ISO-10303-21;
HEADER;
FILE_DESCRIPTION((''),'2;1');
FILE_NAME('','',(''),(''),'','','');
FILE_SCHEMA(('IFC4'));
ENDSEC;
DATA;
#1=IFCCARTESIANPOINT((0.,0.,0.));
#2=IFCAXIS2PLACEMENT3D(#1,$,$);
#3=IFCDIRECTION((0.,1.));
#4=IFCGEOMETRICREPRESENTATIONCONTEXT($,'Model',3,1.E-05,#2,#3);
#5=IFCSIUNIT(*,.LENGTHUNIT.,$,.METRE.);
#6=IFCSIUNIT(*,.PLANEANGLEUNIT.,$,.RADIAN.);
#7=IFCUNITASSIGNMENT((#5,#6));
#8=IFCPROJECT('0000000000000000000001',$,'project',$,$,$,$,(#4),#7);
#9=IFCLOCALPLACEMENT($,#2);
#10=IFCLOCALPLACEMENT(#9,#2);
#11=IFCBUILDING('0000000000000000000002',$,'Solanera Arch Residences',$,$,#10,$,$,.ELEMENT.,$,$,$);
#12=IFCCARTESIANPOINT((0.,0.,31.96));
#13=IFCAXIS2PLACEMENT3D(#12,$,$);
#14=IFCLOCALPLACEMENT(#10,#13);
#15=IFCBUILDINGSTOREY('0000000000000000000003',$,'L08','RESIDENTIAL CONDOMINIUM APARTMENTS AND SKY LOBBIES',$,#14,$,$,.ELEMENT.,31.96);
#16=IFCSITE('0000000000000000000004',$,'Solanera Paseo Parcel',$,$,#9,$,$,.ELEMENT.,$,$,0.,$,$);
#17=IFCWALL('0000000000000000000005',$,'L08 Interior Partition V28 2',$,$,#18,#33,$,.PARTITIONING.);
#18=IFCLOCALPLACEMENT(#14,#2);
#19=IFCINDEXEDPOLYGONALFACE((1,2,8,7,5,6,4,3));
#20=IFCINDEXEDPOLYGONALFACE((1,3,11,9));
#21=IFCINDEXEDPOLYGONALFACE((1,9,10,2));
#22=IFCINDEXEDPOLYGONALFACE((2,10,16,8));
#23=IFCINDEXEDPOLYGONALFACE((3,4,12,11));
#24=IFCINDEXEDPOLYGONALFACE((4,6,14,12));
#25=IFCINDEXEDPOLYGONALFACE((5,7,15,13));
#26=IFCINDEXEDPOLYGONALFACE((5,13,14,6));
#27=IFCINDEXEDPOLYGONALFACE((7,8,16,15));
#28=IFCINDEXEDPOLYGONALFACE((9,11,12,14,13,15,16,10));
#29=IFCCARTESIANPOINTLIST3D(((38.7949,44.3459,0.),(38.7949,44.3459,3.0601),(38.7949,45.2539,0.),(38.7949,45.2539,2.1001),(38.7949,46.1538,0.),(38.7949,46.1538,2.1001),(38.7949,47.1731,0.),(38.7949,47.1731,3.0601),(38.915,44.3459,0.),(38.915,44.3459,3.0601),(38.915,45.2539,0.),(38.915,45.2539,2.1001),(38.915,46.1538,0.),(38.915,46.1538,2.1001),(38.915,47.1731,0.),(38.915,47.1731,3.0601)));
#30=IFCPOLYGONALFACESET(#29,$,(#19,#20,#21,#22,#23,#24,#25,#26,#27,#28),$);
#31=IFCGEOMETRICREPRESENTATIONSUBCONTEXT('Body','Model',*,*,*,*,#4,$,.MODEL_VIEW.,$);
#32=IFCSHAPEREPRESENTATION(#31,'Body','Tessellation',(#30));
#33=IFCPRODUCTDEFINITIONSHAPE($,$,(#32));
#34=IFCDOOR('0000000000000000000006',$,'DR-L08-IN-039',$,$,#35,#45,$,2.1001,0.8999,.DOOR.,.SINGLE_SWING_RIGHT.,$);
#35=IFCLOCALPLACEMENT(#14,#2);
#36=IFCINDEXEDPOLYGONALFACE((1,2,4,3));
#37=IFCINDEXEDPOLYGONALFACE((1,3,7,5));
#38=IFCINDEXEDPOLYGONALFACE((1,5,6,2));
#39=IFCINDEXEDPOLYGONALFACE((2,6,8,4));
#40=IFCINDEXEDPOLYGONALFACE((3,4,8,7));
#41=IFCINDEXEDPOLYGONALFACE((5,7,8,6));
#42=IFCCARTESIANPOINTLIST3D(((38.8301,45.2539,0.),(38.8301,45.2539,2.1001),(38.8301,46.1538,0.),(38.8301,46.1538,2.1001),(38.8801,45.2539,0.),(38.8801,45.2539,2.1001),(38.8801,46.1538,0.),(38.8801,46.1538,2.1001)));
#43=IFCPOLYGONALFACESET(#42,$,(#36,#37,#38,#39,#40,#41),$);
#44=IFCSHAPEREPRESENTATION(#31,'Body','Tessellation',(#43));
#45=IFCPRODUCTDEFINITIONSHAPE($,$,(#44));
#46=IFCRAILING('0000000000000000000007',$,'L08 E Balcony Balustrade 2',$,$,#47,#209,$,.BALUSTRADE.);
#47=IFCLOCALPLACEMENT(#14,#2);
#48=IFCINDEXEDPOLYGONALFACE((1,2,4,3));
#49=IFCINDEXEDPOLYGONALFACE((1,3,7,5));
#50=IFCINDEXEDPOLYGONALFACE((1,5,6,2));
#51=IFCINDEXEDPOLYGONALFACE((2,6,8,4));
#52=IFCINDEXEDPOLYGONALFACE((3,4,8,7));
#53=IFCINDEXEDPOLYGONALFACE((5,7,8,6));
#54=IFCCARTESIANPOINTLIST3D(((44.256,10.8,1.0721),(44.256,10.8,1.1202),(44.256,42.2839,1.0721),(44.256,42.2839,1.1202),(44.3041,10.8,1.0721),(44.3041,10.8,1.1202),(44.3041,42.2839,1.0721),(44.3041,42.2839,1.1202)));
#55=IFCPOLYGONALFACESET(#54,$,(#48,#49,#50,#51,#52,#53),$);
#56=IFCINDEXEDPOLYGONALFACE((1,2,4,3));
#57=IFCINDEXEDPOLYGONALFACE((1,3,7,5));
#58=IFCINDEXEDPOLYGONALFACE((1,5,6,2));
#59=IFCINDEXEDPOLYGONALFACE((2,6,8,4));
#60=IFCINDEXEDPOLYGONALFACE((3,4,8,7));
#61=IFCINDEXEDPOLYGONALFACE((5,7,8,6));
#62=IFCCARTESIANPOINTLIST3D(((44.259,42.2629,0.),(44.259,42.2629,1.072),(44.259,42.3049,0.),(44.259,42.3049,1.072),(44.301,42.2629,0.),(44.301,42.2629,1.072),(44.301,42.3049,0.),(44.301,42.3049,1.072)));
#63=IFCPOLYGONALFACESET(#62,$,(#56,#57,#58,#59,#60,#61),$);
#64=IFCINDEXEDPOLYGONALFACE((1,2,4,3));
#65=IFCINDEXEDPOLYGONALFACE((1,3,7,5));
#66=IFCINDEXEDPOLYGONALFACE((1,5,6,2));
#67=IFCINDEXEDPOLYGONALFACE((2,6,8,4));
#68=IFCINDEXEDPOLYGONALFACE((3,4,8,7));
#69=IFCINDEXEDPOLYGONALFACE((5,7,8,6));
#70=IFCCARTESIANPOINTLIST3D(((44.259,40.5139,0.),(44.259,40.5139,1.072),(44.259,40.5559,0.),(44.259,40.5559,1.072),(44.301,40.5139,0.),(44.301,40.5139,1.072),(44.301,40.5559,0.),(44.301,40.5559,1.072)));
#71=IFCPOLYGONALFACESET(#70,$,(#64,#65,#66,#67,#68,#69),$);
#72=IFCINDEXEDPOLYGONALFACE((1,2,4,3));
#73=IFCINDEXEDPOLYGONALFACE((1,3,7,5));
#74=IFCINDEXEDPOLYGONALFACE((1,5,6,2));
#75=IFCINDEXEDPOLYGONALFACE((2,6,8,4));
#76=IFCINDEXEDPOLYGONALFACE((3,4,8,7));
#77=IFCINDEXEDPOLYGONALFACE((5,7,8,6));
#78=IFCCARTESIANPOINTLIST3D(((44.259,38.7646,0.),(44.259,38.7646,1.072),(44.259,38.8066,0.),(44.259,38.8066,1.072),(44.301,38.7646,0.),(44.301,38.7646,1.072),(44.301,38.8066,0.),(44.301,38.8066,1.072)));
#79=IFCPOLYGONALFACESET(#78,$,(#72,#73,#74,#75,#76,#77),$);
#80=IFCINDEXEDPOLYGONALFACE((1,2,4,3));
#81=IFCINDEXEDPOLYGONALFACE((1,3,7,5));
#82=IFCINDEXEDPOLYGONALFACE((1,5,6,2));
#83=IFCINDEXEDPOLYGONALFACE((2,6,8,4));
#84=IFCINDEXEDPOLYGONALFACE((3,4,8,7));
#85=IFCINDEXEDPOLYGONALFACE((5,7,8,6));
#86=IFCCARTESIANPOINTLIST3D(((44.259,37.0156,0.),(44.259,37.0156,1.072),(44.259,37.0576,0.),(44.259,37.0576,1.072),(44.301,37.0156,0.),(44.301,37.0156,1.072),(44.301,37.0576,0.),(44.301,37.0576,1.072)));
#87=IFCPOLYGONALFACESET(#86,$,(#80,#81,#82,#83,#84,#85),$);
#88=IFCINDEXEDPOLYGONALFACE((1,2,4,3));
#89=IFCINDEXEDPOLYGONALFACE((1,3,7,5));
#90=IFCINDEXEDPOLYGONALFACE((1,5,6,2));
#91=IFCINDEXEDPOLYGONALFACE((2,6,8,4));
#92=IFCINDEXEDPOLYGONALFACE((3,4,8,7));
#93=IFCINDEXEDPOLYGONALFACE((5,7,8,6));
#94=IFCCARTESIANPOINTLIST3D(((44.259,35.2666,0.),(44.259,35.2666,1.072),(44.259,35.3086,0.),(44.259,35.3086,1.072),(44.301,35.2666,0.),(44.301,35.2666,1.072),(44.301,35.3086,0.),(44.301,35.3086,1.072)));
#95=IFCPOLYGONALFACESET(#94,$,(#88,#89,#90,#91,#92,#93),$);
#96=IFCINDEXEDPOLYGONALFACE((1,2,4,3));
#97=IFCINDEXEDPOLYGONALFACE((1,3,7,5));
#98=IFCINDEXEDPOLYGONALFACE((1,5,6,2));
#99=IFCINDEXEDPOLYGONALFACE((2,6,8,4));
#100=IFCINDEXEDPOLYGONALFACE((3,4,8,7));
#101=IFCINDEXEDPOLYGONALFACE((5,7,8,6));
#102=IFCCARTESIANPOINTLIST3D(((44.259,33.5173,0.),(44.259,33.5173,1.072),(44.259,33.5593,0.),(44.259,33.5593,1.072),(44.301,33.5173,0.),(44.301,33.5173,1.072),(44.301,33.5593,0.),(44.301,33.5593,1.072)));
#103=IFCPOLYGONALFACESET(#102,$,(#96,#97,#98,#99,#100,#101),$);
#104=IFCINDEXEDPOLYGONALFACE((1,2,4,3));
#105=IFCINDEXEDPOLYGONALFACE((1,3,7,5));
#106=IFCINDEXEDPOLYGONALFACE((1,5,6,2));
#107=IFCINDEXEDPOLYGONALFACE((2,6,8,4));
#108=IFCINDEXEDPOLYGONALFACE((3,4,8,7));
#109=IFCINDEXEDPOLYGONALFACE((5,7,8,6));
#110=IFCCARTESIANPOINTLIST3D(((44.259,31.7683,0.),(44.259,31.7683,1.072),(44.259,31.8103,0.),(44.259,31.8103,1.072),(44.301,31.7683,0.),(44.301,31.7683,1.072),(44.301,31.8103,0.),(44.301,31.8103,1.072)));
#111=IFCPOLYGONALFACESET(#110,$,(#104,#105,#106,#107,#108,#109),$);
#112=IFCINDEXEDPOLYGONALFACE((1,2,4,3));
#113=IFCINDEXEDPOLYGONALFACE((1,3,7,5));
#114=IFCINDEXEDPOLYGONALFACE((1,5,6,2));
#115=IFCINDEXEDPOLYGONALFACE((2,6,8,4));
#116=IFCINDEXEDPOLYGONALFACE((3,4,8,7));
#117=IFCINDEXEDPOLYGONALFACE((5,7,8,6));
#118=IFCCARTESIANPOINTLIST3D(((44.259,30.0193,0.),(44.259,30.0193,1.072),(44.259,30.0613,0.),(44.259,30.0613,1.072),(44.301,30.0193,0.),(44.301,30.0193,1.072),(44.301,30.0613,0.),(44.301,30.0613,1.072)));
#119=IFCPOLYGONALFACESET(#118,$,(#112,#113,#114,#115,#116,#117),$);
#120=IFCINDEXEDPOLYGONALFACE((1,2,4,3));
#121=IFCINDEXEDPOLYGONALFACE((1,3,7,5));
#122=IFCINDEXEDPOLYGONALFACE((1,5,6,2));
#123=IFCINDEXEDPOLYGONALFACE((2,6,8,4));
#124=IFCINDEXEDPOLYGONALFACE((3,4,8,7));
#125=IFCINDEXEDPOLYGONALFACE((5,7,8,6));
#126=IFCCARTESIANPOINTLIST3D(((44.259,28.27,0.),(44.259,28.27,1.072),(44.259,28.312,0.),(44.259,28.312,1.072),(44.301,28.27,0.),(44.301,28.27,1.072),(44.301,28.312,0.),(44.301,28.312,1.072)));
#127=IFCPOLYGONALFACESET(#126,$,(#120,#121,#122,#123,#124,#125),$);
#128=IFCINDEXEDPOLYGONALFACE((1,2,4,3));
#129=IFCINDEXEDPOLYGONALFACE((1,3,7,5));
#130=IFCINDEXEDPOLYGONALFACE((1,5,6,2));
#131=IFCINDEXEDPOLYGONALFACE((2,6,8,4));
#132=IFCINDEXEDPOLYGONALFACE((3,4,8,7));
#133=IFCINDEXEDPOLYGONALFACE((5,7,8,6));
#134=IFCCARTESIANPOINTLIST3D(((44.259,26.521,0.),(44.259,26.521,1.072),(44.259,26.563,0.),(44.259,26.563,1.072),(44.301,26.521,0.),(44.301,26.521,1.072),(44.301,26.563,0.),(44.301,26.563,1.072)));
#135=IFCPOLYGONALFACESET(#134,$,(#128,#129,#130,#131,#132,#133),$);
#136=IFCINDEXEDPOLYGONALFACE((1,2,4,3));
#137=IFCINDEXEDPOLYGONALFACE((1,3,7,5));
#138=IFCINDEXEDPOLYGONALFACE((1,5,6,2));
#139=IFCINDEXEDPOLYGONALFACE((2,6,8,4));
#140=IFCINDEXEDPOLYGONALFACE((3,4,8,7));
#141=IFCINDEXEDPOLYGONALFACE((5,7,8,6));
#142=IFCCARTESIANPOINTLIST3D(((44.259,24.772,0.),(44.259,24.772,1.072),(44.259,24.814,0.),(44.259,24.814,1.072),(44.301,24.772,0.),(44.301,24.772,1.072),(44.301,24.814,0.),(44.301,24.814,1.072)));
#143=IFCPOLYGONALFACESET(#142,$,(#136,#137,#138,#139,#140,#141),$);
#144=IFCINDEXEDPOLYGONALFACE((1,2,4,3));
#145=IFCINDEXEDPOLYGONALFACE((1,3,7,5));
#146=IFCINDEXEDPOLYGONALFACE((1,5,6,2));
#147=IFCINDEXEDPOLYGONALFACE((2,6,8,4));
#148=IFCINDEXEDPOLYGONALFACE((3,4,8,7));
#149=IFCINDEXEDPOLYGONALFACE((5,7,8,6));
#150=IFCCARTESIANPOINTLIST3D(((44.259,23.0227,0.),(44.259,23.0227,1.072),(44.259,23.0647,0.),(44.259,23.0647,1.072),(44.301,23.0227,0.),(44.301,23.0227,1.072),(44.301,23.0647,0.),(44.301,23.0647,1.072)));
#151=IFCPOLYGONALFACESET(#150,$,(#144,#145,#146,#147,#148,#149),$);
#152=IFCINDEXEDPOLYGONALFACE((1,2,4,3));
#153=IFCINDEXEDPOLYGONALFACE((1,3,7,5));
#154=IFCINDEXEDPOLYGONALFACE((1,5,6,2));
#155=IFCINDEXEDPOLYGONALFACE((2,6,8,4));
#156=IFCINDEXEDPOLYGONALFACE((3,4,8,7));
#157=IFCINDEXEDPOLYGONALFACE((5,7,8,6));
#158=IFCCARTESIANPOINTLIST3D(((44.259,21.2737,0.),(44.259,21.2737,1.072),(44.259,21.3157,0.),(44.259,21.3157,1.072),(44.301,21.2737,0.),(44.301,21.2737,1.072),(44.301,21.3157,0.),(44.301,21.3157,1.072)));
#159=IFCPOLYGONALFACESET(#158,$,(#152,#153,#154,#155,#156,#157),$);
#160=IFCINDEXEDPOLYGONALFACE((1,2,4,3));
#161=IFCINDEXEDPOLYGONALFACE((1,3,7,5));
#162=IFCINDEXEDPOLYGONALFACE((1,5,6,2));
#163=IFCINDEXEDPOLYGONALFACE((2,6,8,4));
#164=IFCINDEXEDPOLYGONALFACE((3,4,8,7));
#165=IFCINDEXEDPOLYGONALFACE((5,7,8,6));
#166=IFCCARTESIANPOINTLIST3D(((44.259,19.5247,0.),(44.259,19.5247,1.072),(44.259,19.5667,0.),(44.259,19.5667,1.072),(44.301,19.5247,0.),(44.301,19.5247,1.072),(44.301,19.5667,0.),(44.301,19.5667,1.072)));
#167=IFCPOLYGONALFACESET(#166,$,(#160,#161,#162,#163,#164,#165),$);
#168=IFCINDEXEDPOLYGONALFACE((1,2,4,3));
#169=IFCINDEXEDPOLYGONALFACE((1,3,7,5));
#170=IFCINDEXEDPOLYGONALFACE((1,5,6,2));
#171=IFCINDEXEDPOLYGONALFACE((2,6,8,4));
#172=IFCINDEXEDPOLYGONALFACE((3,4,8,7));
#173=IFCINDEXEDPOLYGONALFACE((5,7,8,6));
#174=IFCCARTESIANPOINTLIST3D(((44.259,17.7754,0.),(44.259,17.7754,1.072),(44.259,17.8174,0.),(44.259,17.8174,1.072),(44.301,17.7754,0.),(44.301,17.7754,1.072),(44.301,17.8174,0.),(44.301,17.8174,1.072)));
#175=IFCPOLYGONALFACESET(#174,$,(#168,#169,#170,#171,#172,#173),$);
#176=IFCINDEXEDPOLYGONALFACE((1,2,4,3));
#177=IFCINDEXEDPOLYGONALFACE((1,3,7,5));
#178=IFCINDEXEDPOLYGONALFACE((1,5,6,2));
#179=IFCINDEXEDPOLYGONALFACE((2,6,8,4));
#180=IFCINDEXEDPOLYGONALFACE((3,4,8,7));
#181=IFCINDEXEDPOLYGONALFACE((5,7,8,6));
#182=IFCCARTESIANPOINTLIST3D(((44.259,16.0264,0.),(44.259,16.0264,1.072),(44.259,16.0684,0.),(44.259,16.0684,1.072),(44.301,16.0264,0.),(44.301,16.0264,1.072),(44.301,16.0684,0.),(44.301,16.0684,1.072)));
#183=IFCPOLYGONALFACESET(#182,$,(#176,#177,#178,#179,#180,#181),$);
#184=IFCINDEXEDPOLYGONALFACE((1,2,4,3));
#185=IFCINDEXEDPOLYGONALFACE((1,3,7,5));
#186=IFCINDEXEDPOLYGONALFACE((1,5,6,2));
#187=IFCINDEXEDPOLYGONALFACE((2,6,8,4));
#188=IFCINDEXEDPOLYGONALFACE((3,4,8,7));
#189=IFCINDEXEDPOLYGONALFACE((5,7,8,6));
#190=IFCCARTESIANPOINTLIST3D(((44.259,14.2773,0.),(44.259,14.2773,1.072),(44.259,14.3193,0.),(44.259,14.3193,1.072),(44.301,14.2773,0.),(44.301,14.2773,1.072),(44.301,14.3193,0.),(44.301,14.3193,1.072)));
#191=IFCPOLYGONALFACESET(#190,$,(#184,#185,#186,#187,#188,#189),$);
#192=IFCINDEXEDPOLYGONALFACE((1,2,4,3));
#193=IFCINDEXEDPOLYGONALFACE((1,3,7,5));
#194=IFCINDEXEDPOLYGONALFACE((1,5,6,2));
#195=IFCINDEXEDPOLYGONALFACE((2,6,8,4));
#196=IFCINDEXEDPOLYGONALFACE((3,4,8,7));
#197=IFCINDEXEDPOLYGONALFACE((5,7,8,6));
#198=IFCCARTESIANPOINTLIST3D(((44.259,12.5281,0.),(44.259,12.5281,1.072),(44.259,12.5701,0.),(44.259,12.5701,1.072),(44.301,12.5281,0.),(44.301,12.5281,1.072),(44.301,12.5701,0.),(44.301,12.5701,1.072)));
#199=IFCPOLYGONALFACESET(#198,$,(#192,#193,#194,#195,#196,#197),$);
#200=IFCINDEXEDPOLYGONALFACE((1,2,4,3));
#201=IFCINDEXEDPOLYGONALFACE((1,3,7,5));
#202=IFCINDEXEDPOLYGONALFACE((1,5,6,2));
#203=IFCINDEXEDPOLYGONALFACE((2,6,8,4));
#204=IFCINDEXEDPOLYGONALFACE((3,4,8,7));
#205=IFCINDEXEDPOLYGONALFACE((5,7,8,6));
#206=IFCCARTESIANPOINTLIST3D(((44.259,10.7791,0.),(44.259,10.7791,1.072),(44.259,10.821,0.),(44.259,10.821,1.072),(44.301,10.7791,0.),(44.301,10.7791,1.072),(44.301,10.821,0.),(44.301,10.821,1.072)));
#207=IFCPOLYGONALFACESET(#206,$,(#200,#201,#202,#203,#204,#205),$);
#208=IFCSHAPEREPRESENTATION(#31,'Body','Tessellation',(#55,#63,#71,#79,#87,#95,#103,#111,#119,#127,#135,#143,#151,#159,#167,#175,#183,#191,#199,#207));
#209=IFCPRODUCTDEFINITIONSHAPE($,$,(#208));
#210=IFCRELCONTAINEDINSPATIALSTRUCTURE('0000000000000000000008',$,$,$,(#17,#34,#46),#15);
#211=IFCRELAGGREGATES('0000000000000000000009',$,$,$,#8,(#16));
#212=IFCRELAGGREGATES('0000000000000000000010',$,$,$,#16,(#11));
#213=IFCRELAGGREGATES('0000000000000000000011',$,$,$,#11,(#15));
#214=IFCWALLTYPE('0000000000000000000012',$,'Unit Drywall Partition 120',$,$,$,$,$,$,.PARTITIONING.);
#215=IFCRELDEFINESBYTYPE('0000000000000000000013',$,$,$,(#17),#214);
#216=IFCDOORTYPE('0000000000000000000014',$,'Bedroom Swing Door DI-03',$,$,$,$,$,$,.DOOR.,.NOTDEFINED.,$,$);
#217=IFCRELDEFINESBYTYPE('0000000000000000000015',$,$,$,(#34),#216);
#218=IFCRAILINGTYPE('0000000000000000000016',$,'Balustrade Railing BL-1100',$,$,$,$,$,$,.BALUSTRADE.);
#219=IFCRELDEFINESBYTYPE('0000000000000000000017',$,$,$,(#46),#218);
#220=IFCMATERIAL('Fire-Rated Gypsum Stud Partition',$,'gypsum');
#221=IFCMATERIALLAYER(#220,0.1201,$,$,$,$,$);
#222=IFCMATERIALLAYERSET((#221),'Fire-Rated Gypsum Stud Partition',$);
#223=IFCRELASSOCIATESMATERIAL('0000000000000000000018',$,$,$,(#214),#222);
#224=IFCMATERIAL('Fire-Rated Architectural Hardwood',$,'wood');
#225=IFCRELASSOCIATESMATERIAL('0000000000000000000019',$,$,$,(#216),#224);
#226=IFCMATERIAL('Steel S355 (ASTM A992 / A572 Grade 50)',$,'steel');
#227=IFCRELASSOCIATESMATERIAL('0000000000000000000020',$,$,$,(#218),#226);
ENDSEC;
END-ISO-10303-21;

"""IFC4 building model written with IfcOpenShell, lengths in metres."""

from ifc_helpers import new_model, si_unit, direction, frame, frame_2d, origin, origin_2d, place, context, subcontext, project, spatial, rectangle, extrude, material, layer, layer_set, type_object, element, fill, save


model = new_model("IFC4")

# Units and contexts
model_context = context("Model", 3, precision=1e-05, world=origin(), true_north=direction((0.0, 1.0)))
body_context = subcontext(model_context, "Body", "Model", "MODEL_VIEW")
ifc_project = project(units=[si_unit("LENGTHUNIT", "METRE"), si_unit("PLANEANGLEUNIT", "RADIAN")], contexts=[model_context])

# Site, building, storey
site_placement = place(None, origin())
site = spatial("IfcSite", under=ifc_project, at=site_placement, Name="Solanera Paseo Parcel", CompositionType="ELEMENT", RefElevation=0.0)
building_placement = place(site_placement, origin())
building = spatial("IfcBuilding", under=site, at=building_placement, Name="Solanera Arch Residences", CompositionType="ELEMENT")
storey_placement = place(building_placement, frame((0.0, 0.0, 31.96)))
storey = spatial("IfcBuildingStorey", under=building, at=storey_placement, Name="L08", Description="RESIDENTIAL CONDOMINIUM APARTMENTS AND SKY LOBBIES", CompositionType="ELEMENT", Elevation=31.96)

# Shared definitions
ifc_material_1 = material(Name="Fire-Rated Gypsum Stud Partition", Category="gypsum")
ifc_layer_1 = layer(ifc_material_1, 0.1201)
ifc_layer_set_1 = layer_set([ifc_layer_1], Name="Fire-Rated Gypsum Stud Partition")
wall_type_1 = type_object("IfcWallType", Name="Unit Drywall Partition 120", PredefinedType="PARTITIONING", material=ifc_layer_set_1)

# Wall, opening, door
ifc_material_2 = material(Name="Fire-Rated Architectural Hardwood", Category="wood")
door_type_1 = type_object("IfcDoorType", Name="Bedroom Swing Door DI-03", OperationType="NOTDEFINED", PredefinedType="DOOR", material=ifc_material_2)
wall_1_placement = place(storey_placement, frame((38.855, 44.3459, 0.0), z_axis=(0.0, 0.0, 1.0), x_axis=(0.0, 1.0, 0.0)))
wall_1 = element("IfcWall", 1, at=wall_1_placement, inside=storey, type_object=wall_type_1, Name="L08 Interior Partition V28 2", PredefinedType="PARTITIONING", context=body_context, shape_type="SweptSolid", body=[
    extrude(rectangle(XDim=2.8271, YDim=0.1201, at=frame_2d((1.4136, 0.0))), origin(), (0.0, 0.0, 1.0), 3.0601),
])
opening_1_placement = place(wall_1_placement, frame((0.908, 0.0, 0.0)))
opening_1 = element("IfcOpeningElement", 2, at=opening_1_placement, cuts=wall_1, PredefinedType="OPENING", context=body_context, shape_type="SweptSolid", body=[
    extrude(rectangle(XDim=0.8999, YDim=2.1001, at=frame_2d((0.45, 1.05))), frame((0.0, 0.0701, 0.0), z_axis=(0.0, -1.0, 0.0), x_axis=(1.0, 0.0, 0.0)), (0.0, 0.0, 1.0), 0.1401),
])
door_1_placement = place(opening_1_placement, origin())
door_1 = element("IfcDoor", 3, at=door_1_placement, inside=storey, type_object=door_type_1, Name="DR-L08-IN-039", OperationType="SINGLE_SWING_RIGHT", OverallHeight=2.1001, OverallWidth=0.8999, PredefinedType="DOOR", context=body_context, shape_type="SweptSolid", body=[
    extrude(rectangle(XDim=0.8999, YDim=2.1001, at=frame_2d((0.45, 1.05))), frame((0.0, 0.0249, 0.0), z_axis=(0.0, -1.0, 0.0), x_axis=(1.0, 0.0, 0.0)), (0.0, 0.0, 1.0), 0.05),
])
fill(opening_1, door_1)

# Railing
ifc_material_3 = material(Name="Steel S355 (ASTM A992 / A572 Grade 50)", Category="steel")
railing_type = type_object("IfcRailingType", Name="Balustrade Railing BL-1100", PredefinedType="BALUSTRADE", material=ifc_material_3)
railing_1_placement = place(storey_placement, frame((44.28, 42.2839, 0.0)))
element("IfcRailing", 4, at=railing_1_placement, inside=storey, type_object=railing_type, Name="L08 E Balcony Balustrade 2", PredefinedType="BALUSTRADE", context=body_context, shape_type="SweptSolid", body=[
    extrude(rectangle(XDim=0.0481, YDim=0.0481, at=origin_2d()), frame((0.0, 0.0, 1.0962), z_axis=(0.0, -1.0, 0.0), x_axis=(1.0, 0.0, 0.0)), (0.0, 0.0, 1.0), 31.4839),
    extrude(rectangle(XDim=0.042, YDim=0.042, at=origin_2d()), origin(), (0.0, 0.0, 1.0), 1.072),
    extrude(rectangle(XDim=0.042, YDim=0.042, at=origin_2d()), frame((0.0, -1.749, 0.0)), (0.0, 0.0, 1.0), 1.072),
    extrude(rectangle(XDim=0.042, YDim=0.042, at=origin_2d()), frame((0.0, -3.4983, 0.0)), (0.0, 0.0, 1.0), 1.072),
    extrude(rectangle(XDim=0.042, YDim=0.042, at=origin_2d()), frame((0.0, -5.2473, 0.0)), (0.0, 0.0, 1.0), 1.072),
    extrude(rectangle(XDim=0.042, YDim=0.042, at=origin_2d()), frame((0.0, -6.9963, 0.0)), (0.0, 0.0, 1.0), 1.072),
    extrude(rectangle(XDim=0.042, YDim=0.042, at=origin_2d()), frame((0.0, -8.7456, 0.0)), (0.0, 0.0, 1.0), 1.072),
    extrude(rectangle(XDim=0.042, YDim=0.042, at=origin_2d()), frame((0.0, -10.4946, 0.0)), (0.0, 0.0, 1.0), 1.072),
    extrude(rectangle(XDim=0.042, YDim=0.042, at=origin_2d()), frame((0.0, -12.2437, 0.0)), (0.0, 0.0, 1.0), 1.072),
    extrude(rectangle(XDim=0.042, YDim=0.042, at=origin_2d()), frame((0.0, -13.9929, 0.0)), (0.0, 0.0, 1.0), 1.072),
    extrude(rectangle(XDim=0.042, YDim=0.042, at=origin_2d()), frame((0.0, -15.7419, 0.0)), (0.0, 0.0, 1.0), 1.072),
    extrude(rectangle(XDim=0.042, YDim=0.042, at=origin_2d()), frame((0.0, -17.491, 0.0)), (0.0, 0.0, 1.0), 1.072),
    extrude(rectangle(XDim=0.042, YDim=0.042, at=origin_2d()), frame((0.0, -19.2402, 0.0)), (0.0, 0.0, 1.0), 1.072),
    extrude(rectangle(XDim=0.042, YDim=0.042, at=origin_2d()), frame((0.0, -20.9893, 0.0)), (0.0, 0.0, 1.0), 1.072),
    extrude(rectangle(XDim=0.042, YDim=0.042, at=origin_2d()), frame((0.0, -22.7383, 0.0)), (0.0, 0.0, 1.0), 1.072),
    extrude(rectangle(XDim=0.042, YDim=0.042, at=origin_2d()), frame((0.0, -24.4875, 0.0)), (0.0, 0.0, 1.0), 1.072),
    extrude(rectangle(XDim=0.042, YDim=0.042, at=origin_2d()), frame((0.0, -26.2366, 0.0)), (0.0, 0.0, 1.0), 1.072),
    extrude(rectangle(XDim=0.042, YDim=0.042, at=origin_2d()), frame((0.0, -27.9856, 0.0)), (0.0, 0.0, 1.0), 1.072),
    extrude(rectangle(XDim=0.042, YDim=0.042, at=origin_2d()), frame((0.0, -29.7349, 0.0)), (0.0, 0.0, 1.0), 1.072),
    extrude(rectangle(XDim=0.042, YDim=0.042, at=origin_2d()), frame((0.0, -31.4839, 0.0)), (0.0, 0.0, 1.0), 1.072),
])

save(model, "model.ifc")
